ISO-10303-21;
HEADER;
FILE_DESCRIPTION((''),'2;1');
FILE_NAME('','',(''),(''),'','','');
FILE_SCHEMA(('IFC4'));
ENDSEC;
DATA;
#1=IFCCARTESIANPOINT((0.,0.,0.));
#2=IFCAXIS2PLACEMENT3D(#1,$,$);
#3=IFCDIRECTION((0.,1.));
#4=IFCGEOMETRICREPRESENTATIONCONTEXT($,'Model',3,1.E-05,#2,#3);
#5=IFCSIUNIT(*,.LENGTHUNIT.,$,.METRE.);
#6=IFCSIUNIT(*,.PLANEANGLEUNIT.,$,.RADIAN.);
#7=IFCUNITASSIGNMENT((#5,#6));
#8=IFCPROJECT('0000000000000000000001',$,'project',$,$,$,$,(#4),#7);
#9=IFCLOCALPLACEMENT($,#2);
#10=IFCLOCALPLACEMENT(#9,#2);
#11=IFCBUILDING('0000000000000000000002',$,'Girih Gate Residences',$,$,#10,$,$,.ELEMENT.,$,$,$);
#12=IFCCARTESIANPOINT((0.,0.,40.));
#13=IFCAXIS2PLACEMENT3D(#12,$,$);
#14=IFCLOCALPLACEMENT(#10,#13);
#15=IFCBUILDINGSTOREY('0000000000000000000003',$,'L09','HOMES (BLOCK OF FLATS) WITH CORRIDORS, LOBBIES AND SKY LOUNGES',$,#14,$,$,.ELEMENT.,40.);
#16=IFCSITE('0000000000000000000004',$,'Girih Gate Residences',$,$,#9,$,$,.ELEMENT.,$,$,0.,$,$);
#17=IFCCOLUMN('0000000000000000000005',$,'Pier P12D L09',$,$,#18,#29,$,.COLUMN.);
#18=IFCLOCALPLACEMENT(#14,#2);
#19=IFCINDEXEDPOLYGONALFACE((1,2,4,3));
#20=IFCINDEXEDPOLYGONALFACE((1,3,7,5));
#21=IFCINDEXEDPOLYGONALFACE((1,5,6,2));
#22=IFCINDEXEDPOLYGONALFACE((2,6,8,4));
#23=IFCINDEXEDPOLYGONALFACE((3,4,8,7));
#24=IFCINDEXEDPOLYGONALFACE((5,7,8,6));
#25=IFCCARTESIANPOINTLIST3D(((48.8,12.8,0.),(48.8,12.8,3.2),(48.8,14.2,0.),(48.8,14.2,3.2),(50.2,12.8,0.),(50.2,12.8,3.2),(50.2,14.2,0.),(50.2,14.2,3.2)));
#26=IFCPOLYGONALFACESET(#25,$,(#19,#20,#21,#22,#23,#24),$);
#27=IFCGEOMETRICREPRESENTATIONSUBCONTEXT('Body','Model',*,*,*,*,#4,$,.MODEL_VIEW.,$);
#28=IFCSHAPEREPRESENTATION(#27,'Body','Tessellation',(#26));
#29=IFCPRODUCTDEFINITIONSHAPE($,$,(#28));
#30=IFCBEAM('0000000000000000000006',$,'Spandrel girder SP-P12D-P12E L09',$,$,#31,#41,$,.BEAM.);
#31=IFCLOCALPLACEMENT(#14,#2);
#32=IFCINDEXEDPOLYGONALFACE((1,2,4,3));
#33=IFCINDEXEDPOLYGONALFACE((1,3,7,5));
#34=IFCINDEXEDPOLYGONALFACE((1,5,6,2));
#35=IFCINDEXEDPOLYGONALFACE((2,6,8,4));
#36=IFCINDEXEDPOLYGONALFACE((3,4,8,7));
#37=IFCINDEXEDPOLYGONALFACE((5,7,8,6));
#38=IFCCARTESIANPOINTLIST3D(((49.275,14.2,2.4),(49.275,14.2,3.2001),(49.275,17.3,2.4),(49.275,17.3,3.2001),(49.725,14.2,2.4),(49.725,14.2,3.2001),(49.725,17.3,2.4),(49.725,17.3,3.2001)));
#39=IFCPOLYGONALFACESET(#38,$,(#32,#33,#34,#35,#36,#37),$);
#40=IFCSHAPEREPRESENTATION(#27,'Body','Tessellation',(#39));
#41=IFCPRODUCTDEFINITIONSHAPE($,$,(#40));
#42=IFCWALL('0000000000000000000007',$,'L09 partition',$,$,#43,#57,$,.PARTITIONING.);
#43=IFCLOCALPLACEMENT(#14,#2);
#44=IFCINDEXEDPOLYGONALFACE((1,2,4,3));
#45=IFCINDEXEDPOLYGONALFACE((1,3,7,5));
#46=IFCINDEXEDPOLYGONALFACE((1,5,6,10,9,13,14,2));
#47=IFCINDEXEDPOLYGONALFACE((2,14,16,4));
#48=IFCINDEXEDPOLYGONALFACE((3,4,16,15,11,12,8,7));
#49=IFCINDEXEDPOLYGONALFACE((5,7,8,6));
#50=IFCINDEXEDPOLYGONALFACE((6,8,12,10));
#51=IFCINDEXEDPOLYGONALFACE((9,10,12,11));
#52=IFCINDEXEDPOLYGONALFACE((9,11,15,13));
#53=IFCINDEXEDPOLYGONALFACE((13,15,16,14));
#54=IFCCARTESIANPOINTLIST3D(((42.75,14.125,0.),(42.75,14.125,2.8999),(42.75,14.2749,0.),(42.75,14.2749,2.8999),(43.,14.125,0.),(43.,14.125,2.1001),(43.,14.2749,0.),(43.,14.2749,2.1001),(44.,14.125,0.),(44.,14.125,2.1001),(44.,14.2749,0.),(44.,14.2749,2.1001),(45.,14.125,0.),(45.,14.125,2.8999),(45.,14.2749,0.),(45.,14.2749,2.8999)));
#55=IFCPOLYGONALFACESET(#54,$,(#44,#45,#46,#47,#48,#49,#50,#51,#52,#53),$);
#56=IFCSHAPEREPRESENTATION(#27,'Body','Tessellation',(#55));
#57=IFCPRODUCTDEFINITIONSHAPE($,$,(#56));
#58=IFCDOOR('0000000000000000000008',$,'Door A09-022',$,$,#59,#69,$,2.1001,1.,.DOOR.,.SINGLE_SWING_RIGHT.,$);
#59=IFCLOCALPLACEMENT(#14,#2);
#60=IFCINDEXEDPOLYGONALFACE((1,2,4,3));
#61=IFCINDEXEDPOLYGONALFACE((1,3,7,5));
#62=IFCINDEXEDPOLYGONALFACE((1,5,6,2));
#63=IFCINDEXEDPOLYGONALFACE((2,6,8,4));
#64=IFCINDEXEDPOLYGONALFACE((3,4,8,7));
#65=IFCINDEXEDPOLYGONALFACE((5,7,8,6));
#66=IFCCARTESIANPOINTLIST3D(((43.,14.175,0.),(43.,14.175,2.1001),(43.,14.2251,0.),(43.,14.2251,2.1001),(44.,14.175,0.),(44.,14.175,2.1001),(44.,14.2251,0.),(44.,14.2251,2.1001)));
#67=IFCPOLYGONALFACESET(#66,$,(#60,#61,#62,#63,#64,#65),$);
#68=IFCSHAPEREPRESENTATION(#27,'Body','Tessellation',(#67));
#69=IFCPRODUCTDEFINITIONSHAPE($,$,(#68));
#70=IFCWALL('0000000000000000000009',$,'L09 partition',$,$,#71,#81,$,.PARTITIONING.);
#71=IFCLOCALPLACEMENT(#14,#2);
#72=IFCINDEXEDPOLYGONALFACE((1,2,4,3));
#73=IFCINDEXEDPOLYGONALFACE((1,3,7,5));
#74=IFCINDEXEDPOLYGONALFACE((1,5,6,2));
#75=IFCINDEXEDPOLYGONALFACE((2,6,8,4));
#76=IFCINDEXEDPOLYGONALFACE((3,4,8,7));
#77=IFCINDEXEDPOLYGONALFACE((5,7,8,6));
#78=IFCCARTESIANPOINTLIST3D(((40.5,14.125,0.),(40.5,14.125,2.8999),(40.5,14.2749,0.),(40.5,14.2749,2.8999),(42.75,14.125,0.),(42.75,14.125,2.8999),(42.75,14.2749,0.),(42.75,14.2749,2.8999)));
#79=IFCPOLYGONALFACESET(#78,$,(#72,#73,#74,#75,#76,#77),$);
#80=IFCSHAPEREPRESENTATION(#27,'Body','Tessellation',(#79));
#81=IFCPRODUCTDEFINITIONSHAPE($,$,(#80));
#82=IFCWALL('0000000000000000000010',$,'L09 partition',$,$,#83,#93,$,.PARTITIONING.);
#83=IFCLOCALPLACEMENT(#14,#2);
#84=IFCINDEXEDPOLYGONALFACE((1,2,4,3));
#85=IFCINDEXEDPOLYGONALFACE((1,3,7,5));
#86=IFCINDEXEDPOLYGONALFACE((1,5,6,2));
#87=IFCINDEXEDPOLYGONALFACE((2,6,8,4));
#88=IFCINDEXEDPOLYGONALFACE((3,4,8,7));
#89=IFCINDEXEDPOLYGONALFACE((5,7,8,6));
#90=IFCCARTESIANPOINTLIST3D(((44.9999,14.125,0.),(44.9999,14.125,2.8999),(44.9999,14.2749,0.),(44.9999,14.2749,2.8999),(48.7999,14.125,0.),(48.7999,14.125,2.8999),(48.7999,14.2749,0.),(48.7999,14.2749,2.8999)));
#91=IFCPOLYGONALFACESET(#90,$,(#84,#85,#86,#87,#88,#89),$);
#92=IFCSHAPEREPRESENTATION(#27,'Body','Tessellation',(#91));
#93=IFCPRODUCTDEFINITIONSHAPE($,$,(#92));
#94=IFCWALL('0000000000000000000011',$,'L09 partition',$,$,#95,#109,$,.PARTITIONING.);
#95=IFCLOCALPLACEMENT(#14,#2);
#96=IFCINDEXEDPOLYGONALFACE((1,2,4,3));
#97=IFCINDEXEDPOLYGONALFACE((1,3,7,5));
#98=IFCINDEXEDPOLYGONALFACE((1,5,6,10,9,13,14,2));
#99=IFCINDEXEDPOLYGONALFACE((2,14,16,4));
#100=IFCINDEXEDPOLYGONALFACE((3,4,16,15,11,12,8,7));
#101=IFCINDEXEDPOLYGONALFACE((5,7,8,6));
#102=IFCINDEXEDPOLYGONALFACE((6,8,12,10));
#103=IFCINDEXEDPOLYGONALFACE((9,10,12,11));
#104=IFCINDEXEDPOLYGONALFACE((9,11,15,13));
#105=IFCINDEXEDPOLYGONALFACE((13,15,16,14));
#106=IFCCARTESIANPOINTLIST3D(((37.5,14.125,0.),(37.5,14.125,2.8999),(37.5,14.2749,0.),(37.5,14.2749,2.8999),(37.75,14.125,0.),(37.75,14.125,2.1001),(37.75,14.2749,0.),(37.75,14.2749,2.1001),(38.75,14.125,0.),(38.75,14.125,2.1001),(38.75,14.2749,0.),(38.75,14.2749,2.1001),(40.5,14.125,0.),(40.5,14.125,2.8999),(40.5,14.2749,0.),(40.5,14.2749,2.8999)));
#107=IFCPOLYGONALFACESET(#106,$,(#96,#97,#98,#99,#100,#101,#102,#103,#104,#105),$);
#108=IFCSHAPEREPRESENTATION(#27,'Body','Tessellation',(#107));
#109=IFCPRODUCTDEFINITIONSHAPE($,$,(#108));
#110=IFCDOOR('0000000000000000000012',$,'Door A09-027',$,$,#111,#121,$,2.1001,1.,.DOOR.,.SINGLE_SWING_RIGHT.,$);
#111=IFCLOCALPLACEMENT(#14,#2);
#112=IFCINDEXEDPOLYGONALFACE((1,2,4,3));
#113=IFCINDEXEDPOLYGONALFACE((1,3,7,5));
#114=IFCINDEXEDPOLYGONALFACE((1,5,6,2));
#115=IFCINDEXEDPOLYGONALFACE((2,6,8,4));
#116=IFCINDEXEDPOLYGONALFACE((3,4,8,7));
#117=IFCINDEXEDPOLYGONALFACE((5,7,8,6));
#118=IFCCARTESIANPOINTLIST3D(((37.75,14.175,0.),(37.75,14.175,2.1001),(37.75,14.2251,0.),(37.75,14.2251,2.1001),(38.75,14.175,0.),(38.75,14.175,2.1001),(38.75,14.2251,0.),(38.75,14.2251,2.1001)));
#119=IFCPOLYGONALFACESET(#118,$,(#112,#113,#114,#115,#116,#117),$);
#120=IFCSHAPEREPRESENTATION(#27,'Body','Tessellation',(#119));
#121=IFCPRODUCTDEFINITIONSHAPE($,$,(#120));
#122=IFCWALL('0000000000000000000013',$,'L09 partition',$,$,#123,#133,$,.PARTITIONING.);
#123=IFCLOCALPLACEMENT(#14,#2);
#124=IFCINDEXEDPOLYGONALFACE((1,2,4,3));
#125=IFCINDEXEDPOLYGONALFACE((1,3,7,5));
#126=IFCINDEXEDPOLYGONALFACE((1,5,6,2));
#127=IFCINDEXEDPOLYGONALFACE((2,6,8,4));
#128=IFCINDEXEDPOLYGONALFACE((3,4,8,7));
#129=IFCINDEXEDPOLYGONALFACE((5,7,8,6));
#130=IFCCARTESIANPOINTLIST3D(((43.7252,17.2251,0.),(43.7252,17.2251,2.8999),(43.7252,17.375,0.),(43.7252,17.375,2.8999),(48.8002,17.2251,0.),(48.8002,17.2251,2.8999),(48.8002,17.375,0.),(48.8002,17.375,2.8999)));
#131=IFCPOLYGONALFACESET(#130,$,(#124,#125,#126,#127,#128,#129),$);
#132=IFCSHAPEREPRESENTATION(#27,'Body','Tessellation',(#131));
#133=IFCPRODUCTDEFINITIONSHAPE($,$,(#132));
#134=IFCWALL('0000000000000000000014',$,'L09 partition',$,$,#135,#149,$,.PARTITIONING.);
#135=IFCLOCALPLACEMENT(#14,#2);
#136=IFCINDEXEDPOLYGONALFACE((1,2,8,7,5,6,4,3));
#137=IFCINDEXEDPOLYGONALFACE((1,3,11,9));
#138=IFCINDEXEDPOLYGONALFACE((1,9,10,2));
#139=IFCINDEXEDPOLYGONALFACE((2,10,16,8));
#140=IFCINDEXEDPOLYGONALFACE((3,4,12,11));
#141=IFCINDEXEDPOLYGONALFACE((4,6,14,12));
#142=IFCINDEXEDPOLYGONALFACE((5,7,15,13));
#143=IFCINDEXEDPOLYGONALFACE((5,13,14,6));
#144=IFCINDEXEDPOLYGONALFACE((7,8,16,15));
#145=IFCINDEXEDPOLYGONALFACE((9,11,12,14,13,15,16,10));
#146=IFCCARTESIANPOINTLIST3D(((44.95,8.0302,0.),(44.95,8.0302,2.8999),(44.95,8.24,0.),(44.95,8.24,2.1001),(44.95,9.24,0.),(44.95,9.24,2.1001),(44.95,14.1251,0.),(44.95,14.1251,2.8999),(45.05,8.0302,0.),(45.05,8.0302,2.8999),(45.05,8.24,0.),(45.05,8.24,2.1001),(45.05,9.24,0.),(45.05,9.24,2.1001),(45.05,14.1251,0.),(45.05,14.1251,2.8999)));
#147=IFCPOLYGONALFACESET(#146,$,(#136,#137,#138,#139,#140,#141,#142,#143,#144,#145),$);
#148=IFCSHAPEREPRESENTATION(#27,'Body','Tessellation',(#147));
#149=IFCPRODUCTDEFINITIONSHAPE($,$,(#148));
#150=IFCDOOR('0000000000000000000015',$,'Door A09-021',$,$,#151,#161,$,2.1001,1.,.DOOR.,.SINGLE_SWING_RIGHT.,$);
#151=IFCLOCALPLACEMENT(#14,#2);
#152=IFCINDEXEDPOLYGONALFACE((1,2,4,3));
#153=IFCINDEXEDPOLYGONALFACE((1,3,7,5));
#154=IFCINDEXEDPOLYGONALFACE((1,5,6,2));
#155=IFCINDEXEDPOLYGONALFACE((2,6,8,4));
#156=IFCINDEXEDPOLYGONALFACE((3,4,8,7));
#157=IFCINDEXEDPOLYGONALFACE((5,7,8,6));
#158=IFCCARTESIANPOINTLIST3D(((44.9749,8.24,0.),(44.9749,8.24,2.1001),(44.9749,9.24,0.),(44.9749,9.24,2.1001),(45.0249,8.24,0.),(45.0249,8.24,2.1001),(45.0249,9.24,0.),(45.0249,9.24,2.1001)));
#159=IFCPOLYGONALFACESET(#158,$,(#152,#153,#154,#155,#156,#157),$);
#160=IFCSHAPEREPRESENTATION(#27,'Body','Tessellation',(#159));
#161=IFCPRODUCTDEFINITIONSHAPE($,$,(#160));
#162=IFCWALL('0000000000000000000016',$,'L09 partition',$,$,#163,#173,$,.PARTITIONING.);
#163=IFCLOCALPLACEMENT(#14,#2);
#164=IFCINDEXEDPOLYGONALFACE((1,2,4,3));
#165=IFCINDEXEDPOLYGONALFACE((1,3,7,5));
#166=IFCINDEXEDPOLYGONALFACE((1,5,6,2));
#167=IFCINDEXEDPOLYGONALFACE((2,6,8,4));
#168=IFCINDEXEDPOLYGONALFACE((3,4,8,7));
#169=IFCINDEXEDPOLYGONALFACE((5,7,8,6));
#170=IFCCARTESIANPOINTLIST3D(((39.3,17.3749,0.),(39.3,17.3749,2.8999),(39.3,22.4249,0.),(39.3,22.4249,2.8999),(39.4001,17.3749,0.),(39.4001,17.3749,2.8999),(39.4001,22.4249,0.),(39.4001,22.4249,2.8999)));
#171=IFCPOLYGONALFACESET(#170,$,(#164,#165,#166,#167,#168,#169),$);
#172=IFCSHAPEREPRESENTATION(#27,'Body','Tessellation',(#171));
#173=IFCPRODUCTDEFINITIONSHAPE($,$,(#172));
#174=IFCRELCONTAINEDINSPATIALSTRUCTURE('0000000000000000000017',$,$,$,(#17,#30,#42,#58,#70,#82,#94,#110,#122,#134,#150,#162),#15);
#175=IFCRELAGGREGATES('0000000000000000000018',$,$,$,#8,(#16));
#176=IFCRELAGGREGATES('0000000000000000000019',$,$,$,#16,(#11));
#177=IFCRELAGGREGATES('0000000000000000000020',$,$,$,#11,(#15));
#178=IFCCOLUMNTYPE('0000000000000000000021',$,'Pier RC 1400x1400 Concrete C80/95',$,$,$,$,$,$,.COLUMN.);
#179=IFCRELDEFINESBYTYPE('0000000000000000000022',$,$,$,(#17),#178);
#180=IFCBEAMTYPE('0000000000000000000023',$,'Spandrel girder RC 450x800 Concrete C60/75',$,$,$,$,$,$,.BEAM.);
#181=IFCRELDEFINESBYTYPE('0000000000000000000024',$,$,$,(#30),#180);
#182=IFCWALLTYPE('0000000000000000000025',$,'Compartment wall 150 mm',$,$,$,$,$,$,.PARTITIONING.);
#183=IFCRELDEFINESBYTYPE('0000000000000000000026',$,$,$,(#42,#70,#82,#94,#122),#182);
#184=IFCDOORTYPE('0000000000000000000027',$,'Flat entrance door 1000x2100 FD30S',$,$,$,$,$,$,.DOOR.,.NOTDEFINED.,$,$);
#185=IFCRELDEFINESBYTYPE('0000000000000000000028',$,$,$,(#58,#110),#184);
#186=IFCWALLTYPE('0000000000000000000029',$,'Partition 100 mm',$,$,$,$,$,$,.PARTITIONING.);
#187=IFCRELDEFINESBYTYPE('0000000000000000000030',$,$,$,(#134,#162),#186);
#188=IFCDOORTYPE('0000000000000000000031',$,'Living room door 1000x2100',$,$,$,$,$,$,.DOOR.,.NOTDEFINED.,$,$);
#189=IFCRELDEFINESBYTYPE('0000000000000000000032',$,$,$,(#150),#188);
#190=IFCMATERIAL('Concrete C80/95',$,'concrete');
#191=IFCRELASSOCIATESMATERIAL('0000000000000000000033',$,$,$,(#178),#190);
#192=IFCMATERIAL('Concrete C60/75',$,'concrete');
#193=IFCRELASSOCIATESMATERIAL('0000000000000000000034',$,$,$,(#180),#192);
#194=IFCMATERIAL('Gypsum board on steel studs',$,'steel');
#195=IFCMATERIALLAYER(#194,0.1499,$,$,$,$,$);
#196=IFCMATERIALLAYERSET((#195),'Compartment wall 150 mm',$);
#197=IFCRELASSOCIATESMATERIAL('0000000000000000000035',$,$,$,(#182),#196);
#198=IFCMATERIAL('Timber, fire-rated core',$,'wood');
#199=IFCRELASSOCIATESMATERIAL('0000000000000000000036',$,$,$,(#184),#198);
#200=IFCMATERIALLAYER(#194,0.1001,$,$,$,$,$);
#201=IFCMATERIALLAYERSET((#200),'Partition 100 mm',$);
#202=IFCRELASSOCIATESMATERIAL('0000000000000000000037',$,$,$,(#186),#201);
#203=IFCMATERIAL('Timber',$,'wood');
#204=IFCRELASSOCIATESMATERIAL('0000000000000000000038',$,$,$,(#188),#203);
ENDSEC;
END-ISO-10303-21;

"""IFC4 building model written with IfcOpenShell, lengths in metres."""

from ifc_helpers import new_model, si_unit, direction, frame, frame_2d, origin, origin_2d, place, context, subcontext, project, spatial, rectangle, extrude, material, layer, layer_set, material_profile, profile_set, type_object, element, fill, save


model = new_model("IFC4")

# Units and contexts
model_context = context("Model", 3, precision=1e-05, world=origin(), true_north=direction((0.0, 1.0)))
body_context = subcontext(model_context, "Body", "Model", "MODEL_VIEW")
ifc_project = project(units=[si_unit("LENGTHUNIT", "METRE"), si_unit("PLANEANGLEUNIT", "RADIAN")], contexts=[model_context])

# Site, building, storey
site_placement = place(None, origin())
site = spatial("IfcSite", under=ifc_project, at=site_placement, Name="Girih Gate Residences", CompositionType="ELEMENT", RefElevation=0.0)
building_placement = place(site_placement, origin())
building = spatial("IfcBuilding", under=site, at=building_placement, Name="Girih Gate Residences", CompositionType="ELEMENT")
storey_placement = place(building_placement, frame((0.0, 0.0, 40.0)))
storey = spatial("IfcBuildingStorey", under=building, at=storey_placement, Name="L09", Description="HOMES (BLOCK OF FLATS) WITH CORRIDORS, LOBBIES AND SKY LOUNGES", CompositionType="ELEMENT", Elevation=40.0)

# Column
ifc_material_1 = material(Name="Concrete C80/95", Category="concrete")
ifc_material_profile_1 = material_profile(ifc_material_1, rectangle(XDim=1.3999, YDim=1.3999, at=origin_2d()))
ifc_profile_set_1 = profile_set([ifc_material_profile_1], Name="Concrete C80/95")
column_type = type_object("IfcColumnType", Name="Pier RC 1400x1400 Concrete C80/95", PredefinedType="COLUMN", material=ifc_profile_set_1)
column_placement = place(storey_placement, frame((49.5, 13.5, 0.0), z_axis=(0.0, 0.0, 1.0), x_axis=(1.0, 0.0, 0.0)))
element("IfcColumn", 1, at=column_placement, inside=storey, type_object=column_type, Name="Pier P12D L09", PredefinedType="COLUMN", context=body_context, shape_type="SweptSolid", body=[
    extrude(rectangle(XDim=1.3999, YDim=1.3999, at=origin_2d()), origin(), (0.0, 0.0, 1.0), 3.2),
])

# Beam
ifc_material_2 = material(Name="Concrete C60/75", Category="concrete")
ifc_material_profile_2 = material_profile(ifc_material_2, rectangle(XDim=0.45, YDim=0.8, at=origin_2d()))
ifc_profile_set_2 = profile_set([ifc_material_profile_2], Name="Concrete C60/75")
beam_type = type_object("IfcBeamType", Name="Spandrel girder RC 450x800 Concrete C60/75", PredefinedType="BEAM", material=ifc_profile_set_2)
beam_placement = place(storey_placement, frame((49.5, 14.2, 2.8), z_axis=(0.0, 1.0, 0.0), x_axis=(-1.0, 0.0, 0.0)))
element("IfcBeam", 2, at=beam_placement, inside=storey, type_object=beam_type, Name="Spandrel girder SP-P12D-P12E L09", PredefinedType="BEAM", context=body_context, shape_type="SweptSolid", body=[
    extrude(rectangle(XDim=0.45, YDim=0.8, at=origin_2d()), origin(), (0.0, 0.0, 1.0), 3.1001),
])

# Wall, opening, door
ifc_material_3 = material(Name="Gypsum board on steel studs", Category="steel")
ifc_layer_1 = layer(ifc_material_3, 0.1499)
ifc_layer_set_1 = layer_set([ifc_layer_1], Name="Compartment wall 150 mm")
wall_type_1 = type_object("IfcWallType", Name="Compartment wall 150 mm", PredefinedType="PARTITIONING", material=ifc_layer_set_1)
wall_1_placement = place(storey_placement, frame((45.0, 14.2, 0.0), z_axis=(0.0, 0.0, 1.0), x_axis=(-1.0, 0.0, 0.0)))
wall_1 = element("IfcWall", 3, at=wall_1_placement, inside=storey, type_object=wall_type_1, Name="L09 partition", PredefinedType="PARTITIONING", context=body_context, shape_type="SweptSolid", body=[
    extrude(rectangle(XDim=2.25, YDim=0.1499, at=frame_2d((1.125, 0.0))), origin(), (0.0, 0.0, 1.0), 2.8999),
])
opening_1_placement = place(wall_1_placement, frame((1.0, 0.0, 0.0)))
opening_1 = element("IfcOpeningElement", 4, at=opening_1_placement, cuts=wall_1, PredefinedType="OPENING", context=body_context, shape_type="SweptSolid", body=[
    extrude(rectangle(XDim=1.0, YDim=2.1001, at=frame_2d((0.5, 1.05))), frame((0.0, 0.085, 0.0), z_axis=(0.0, -1.0, 0.0), x_axis=(1.0, 0.0, 0.0)), (0.0, 0.0, 1.0), 0.1699),
])
ifc_material_4 = material(Name="Timber, fire-rated core", Category="wood")
door_type_1 = type_object("IfcDoorType", Name="Flat entrance door 1000x2100 FD30S", OperationType="NOTDEFINED", PredefinedType="DOOR", material=ifc_material_4)
door_1_placement = place(opening_1_placement, origin())
door_1 = element("IfcDoor", 5, at=door_1_placement, inside=storey, type_object=door_type_1, Name="Door A09-022", OperationType="SINGLE_SWING_RIGHT", OverallHeight=2.1001, OverallWidth=1.0, PredefinedType="DOOR", context=body_context, shape_type="SweptSolid", body=[
    extrude(rectangle(XDim=1.0, YDim=2.1001, at=frame_2d((0.5, 1.05))), frame((0.0, 0.0249, 0.0), z_axis=(0.0, -1.0, 0.0), x_axis=(1.0, 0.0, 0.0)), (0.0, 0.0, 1.0), 0.05),
])
fill(opening_1, door_1)

# Walls
wall_2_placement = place(storey_placement, frame((40.5, 14.2, 0.0), z_axis=(0.0, 0.0, 1.0), x_axis=(1.0, 0.0, 0.0)))
element("IfcWall", 6, at=wall_2_placement, inside=storey, type_object=wall_type_1, Name="L09 partition", PredefinedType="PARTITIONING", context=body_context, shape_type="SweptSolid", body=[
    extrude(rectangle(XDim=2.25, YDim=0.1499, at=frame_2d((1.125, 0.0))), origin(), (0.0, 0.0, 1.0), 2.8999),
])
wall_3_placement = place(storey_placement, frame((45.0, 14.2, 0.0), z_axis=(0.0, 0.0, 1.0), x_axis=(1.0, 0.0, 0.0)))
element("IfcWall", 7, at=wall_3_placement, inside=storey, type_object=wall_type_1, Name="L09 partition", PredefinedType="PARTITIONING", context=body_context, shape_type="SweptSolid", body=[
    extrude(rectangle(XDim=3.8, YDim=0.1499, at=frame_2d((1.8999, 0.0))), origin(), (0.0, 0.0, 1.0), 2.8999),
])

# Wall, opening, door
wall_4_placement = place(storey_placement, frame((40.5, 14.2, 0.0), z_axis=(0.0, 0.0, 1.0), x_axis=(-1.0, 0.0, 0.0)))
wall_4 = element("IfcWall", 8, at=wall_4_placement, inside=storey, type_object=wall_type_1, Name="L09 partition", PredefinedType="PARTITIONING", context=body_context, shape_type="SweptSolid", body=[
    extrude(rectangle(XDim=3.0, YDim=0.1499, at=frame_2d((1.5, 0.0))), origin(), (0.0, 0.0, 1.0), 2.8999),
])
opening_2_placement = place(wall_4_placement, frame((1.75, 0.0, 0.0)))
opening_2 = element("IfcOpeningElement", 9, at=opening_2_placement, cuts=wall_4, PredefinedType="OPENING", context=body_context, shape_type="SweptSolid", body=[
    extrude(rectangle(XDim=1.0, YDim=2.1001, at=frame_2d((0.5, 1.05))), frame((0.0, 0.085, 0.0), z_axis=(0.0, -1.0, 0.0), x_axis=(1.0, 0.0, 0.0)), (0.0, 0.0, 1.0), 0.1699),
])
door_2_placement = place(opening_2_placement, origin())
door_2 = element("IfcDoor", 10, at=door_2_placement, inside=storey, type_object=door_type_1, Name="Door A09-027", OperationType="SINGLE_SWING_RIGHT", OverallHeight=2.1001, OverallWidth=1.0, PredefinedType="DOOR", context=body_context, shape_type="SweptSolid", body=[
    extrude(rectangle(XDim=1.0, YDim=2.1001, at=frame_2d((0.5, 1.05))), frame((0.0, 0.0249, 0.0), z_axis=(0.0, -1.0, 0.0), x_axis=(1.0, 0.0, 0.0)), (0.0, 0.0, 1.0), 0.05),
])
fill(opening_2, door_2)

# Wall
wall_5_placement = place(storey_placement, frame((43.7251, 17.3, 0.0), z_axis=(0.0, 0.0, 1.0), x_axis=(1.0, 0.0, 0.0)))
element("IfcWall", 11, at=wall_5_placement, inside=storey, type_object=wall_type_1, Name="L09 partition", PredefinedType="PARTITIONING", context=body_context, shape_type="SweptSolid", body=[
    extrude(rectangle(XDim=5.075, YDim=0.1499, at=frame_2d((2.5376, 0.0))), origin(), (0.0, 0.0, 1.0), 2.8999),
])

# Wall, opening, door
ifc_layer_2 = layer(ifc_material_3, 0.1001)
ifc_layer_set_2 = layer_set([ifc_layer_2], Name="Partition 100 mm")
wall_type_2 = type_object("IfcWallType", Name="Partition 100 mm", PredefinedType="PARTITIONING", material=ifc_layer_set_2)
wall_6_placement = place(storey_placement, frame((45.0, 14.125, 0.0), z_axis=(0.0, 0.0, 1.0), x_axis=(0.0, -1.0, 0.0)))
wall_6 = element("IfcWall", 12, at=wall_6_placement, inside=storey, type_object=wall_type_2, Name="L09 partition", PredefinedType="PARTITIONING", context=body_context, shape_type="SweptSolid", body=[
    extrude(rectangle(XDim=6.095, YDim=0.1001, at=frame_2d((3.0474, 0.0))), origin(), (0.0, 0.0, 1.0), 2.8999),
])
opening_3_placement = place(wall_6_placement, frame((4.885, 0.0, 0.0)))
opening_3 = element("IfcOpeningElement", 13, at=opening_3_placement, cuts=wall_6, PredefinedType="OPENING", context=body_context, shape_type="SweptSolid", body=[
    extrude(rectangle(XDim=1.0, YDim=2.1001, at=frame_2d((0.5, 1.05))), frame((0.0, 0.0601, 0.0), z_axis=(0.0, -1.0, 0.0), x_axis=(1.0, 0.0, 0.0)), (0.0, 0.0, 1.0), 0.1201),
])
ifc_material_5 = material(Name="Timber", Category="wood")
door_type_2 = type_object("IfcDoorType", Name="Living room door 1000x2100", OperationType="NOTDEFINED", PredefinedType="DOOR", material=ifc_material_5)
door_3_placement = place(opening_3_placement, origin())
door_3 = element("IfcDoor", 14, at=door_3_placement, inside=storey, type_object=door_type_2, Name="Door A09-021", OperationType="SINGLE_SWING_RIGHT", OverallHeight=2.1001, OverallWidth=1.0, PredefinedType="DOOR", context=body_context, shape_type="SweptSolid", body=[
    extrude(rectangle(XDim=1.0, YDim=2.1001, at=frame_2d((0.5, 1.05))), frame((0.0, 0.0249, 0.0), z_axis=(0.0, -1.0, 0.0), x_axis=(1.0, 0.0, 0.0)), (0.0, 0.0, 1.0), 0.05),
])
fill(opening_3, door_3)

# Wall
wall_7_placement = place(storey_placement, frame((39.3501, 17.375, 0.0), z_axis=(0.0, 0.0, 1.0), x_axis=(0.0, 1.0, 0.0)))
element("IfcWall", 15, at=wall_7_placement, inside=storey, type_object=wall_type_2, Name="L09 partition", PredefinedType="PARTITIONING", context=body_context, shape_type="SweptSolid", body=[
    extrude(rectangle(XDim=5.05, YDim=0.1001, at=frame_2d((2.5249, 0.0))), origin(), (0.0, 0.0, 1.0), 2.8999),
])

save(model, "model.ifc")
